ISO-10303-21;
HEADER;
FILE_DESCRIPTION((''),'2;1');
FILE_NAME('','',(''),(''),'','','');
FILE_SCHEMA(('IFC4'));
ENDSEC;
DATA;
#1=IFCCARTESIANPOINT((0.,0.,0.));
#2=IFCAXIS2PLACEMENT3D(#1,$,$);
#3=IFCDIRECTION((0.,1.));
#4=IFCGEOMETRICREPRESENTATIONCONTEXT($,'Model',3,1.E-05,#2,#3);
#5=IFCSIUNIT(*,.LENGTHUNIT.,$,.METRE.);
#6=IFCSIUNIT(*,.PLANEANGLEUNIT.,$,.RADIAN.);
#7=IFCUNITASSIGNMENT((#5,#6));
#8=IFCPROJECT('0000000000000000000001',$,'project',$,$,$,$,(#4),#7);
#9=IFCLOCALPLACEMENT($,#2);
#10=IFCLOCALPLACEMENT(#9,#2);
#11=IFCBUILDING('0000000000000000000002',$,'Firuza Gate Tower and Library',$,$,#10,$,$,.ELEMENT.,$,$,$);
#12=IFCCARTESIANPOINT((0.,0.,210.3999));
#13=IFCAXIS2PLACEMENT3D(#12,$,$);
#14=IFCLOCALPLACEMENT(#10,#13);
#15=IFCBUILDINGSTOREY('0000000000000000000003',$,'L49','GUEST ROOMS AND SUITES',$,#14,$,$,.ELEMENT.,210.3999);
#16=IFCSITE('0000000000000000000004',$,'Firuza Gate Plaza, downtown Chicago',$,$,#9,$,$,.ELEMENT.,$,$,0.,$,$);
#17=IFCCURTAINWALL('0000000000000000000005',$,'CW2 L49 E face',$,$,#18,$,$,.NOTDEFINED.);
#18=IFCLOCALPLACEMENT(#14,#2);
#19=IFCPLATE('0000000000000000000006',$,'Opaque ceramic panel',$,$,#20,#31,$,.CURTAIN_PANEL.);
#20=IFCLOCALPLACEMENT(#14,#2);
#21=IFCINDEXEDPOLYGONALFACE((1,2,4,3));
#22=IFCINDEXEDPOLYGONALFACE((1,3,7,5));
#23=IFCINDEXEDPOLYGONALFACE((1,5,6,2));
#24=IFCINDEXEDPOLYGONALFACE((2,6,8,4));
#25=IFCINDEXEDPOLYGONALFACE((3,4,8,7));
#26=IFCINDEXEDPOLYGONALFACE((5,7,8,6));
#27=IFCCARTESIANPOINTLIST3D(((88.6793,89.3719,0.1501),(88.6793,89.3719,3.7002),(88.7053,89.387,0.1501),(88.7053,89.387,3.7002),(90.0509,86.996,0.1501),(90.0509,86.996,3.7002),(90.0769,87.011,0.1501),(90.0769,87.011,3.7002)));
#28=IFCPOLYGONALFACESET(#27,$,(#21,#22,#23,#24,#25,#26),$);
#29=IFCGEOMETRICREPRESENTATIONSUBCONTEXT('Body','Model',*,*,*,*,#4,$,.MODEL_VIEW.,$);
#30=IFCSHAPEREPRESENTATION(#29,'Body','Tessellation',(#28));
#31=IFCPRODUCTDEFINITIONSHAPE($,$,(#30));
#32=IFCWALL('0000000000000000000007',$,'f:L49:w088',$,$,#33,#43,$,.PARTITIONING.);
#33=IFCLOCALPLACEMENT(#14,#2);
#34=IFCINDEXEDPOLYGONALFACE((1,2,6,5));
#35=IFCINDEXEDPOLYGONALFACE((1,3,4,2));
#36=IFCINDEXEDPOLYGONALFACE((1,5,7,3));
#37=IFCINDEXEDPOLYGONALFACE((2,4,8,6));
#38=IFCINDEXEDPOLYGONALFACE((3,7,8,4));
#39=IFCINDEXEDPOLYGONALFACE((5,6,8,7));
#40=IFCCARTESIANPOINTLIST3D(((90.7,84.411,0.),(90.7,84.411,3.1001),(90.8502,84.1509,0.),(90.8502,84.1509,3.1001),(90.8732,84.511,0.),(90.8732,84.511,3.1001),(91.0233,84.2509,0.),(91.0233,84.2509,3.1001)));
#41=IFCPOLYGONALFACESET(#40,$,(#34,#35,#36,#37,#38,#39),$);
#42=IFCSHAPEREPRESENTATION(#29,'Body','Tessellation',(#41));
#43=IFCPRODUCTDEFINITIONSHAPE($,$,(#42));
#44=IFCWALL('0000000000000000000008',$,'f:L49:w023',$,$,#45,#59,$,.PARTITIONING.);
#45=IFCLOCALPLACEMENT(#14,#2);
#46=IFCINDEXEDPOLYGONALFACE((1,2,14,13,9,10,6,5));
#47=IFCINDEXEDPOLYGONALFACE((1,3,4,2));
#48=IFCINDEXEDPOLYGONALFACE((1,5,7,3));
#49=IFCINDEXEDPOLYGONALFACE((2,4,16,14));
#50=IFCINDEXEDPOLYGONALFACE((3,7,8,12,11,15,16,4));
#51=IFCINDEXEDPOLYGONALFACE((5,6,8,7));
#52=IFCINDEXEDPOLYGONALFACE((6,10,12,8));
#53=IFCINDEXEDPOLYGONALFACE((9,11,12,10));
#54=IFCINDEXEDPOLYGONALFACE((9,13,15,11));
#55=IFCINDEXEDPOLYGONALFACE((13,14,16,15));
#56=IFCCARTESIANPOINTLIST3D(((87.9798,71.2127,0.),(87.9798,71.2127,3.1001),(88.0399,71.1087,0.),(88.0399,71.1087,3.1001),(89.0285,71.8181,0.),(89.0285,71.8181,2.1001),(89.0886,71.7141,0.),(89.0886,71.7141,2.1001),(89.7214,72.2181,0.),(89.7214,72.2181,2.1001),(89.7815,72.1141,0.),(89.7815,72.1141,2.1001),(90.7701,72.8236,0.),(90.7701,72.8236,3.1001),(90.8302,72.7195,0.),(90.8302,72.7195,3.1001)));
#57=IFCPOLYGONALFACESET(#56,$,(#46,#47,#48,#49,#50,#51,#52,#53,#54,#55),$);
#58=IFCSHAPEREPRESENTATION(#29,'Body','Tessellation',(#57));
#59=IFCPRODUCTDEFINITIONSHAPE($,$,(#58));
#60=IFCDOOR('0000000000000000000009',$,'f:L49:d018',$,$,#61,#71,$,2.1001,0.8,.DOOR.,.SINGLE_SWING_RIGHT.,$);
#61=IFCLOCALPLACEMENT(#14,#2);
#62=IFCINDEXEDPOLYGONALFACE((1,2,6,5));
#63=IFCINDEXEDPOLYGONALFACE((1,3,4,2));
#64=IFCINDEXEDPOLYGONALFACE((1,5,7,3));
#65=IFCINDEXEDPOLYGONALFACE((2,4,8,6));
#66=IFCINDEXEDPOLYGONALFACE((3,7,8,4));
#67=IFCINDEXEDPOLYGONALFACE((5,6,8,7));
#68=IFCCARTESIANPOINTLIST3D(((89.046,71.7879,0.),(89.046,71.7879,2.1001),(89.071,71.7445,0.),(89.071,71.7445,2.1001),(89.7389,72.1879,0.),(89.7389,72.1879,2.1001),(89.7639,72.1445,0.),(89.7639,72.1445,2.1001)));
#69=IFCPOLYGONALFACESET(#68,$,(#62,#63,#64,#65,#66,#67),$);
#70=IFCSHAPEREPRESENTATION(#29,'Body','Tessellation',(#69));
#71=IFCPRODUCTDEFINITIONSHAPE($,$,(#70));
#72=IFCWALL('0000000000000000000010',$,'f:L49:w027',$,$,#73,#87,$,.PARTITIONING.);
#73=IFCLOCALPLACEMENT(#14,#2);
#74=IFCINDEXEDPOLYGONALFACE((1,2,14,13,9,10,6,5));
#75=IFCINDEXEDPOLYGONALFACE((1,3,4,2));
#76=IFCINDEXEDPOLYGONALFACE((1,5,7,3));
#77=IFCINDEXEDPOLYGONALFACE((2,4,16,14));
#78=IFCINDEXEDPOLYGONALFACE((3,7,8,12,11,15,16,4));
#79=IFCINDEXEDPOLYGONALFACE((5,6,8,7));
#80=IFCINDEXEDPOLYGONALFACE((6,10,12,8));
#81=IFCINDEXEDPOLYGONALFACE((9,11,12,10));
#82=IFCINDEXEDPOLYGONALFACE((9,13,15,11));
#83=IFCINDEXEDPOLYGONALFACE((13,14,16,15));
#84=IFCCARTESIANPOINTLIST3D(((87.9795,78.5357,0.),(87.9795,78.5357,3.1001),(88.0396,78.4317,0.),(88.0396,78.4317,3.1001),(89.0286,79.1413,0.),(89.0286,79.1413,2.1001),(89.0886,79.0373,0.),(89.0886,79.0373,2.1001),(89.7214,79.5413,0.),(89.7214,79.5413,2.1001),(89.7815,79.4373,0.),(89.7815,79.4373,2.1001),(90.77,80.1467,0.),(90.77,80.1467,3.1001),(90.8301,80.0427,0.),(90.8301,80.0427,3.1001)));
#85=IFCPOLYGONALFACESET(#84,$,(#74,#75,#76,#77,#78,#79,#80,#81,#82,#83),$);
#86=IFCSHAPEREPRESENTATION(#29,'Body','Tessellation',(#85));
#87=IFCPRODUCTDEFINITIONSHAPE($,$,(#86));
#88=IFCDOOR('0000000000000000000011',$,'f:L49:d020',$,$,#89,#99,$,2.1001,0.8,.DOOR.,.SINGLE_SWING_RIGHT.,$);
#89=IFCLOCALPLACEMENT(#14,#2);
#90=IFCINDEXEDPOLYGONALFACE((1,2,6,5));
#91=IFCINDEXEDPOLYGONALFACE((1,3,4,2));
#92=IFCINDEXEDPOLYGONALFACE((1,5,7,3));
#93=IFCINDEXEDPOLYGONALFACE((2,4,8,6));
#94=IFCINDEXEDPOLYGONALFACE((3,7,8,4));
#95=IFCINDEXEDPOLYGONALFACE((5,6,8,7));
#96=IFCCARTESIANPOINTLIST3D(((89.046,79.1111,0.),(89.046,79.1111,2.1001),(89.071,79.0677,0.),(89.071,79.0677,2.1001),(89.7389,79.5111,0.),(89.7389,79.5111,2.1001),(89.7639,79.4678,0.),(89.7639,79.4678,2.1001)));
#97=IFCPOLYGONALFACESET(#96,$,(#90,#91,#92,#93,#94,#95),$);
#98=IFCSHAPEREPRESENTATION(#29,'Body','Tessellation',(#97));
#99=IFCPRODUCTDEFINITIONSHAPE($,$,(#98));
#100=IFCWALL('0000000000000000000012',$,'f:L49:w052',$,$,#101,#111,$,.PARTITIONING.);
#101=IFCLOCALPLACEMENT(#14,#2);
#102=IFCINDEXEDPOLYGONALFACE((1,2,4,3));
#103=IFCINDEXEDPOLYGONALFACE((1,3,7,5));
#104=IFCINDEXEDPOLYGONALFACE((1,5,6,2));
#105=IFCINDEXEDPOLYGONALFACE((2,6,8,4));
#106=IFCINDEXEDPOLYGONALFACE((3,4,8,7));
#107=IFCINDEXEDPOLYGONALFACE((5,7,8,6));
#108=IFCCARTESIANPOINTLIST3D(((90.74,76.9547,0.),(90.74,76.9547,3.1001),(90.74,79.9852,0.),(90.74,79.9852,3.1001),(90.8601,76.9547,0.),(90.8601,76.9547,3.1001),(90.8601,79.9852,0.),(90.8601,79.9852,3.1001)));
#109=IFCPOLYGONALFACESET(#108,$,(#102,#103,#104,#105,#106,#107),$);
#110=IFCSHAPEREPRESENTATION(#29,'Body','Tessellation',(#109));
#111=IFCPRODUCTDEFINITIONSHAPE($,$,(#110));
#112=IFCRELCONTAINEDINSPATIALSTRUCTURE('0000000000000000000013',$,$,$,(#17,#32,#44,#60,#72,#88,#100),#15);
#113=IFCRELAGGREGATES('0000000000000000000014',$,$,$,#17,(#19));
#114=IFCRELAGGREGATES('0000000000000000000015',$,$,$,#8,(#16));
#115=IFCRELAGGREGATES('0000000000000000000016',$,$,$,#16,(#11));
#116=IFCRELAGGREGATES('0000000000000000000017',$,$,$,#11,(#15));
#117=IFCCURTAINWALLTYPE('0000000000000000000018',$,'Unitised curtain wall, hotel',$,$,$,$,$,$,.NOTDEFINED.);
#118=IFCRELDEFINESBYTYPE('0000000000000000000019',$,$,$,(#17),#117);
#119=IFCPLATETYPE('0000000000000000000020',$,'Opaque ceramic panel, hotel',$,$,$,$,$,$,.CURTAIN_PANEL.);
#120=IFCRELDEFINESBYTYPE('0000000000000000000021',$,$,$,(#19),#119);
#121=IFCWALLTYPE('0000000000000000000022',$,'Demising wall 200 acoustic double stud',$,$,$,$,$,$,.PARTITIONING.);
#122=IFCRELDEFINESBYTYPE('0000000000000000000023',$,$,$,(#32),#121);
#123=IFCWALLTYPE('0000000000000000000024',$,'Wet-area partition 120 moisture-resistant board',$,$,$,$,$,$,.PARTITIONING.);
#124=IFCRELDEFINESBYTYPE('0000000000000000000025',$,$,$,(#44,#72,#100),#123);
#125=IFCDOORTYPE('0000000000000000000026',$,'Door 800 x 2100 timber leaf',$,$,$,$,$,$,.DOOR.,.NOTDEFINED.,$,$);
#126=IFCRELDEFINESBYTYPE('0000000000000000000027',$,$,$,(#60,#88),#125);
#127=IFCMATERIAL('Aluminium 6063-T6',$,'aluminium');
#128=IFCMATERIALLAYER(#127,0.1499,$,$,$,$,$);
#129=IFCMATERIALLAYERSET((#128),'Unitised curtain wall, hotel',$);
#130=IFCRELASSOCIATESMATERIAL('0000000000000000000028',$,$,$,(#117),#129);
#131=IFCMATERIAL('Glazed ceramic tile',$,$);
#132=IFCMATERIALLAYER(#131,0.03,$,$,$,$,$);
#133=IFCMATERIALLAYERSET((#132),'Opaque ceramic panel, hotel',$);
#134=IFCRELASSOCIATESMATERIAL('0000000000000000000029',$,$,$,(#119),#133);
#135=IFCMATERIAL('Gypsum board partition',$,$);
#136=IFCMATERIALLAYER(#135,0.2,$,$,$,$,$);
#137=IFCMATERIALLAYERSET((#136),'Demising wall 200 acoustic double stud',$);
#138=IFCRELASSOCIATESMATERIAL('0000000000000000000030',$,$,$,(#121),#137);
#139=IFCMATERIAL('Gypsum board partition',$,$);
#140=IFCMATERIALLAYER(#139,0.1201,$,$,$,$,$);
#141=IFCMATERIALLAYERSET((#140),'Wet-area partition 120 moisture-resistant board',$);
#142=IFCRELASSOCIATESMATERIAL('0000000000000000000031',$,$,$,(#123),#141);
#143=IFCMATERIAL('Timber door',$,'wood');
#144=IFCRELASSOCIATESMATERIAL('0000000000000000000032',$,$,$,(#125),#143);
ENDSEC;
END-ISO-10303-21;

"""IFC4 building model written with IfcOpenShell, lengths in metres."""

from ifc_helpers import new_model, si_unit, direction, frame, frame_2d, origin, place, context, subcontext, project, spatial, polyline, rectangle, outline, extrude, material, layer, layer_set, type_object, element, fill, aggregate, save


model = new_model("IFC4")

# Units and contexts
model_context = context("Model", 3, precision=1e-05, world=origin(), true_north=direction((0.0, 1.0)))
body_context = subcontext(model_context, "Body", "Model", "MODEL_VIEW")
ifc_project = project(units=[si_unit("LENGTHUNIT", "METRE"), si_unit("PLANEANGLEUNIT", "RADIAN")], contexts=[model_context])

# Site, building, storey
site_placement = place(None, origin())
site = spatial("IfcSite", under=ifc_project, at=site_placement, Name="Firuza Gate Plaza, downtown Chicago", CompositionType="ELEMENT", RefElevation=0.0)
building_placement = place(site_placement, origin())
building = spatial("IfcBuilding", under=site, at=building_placement, Name="Firuza Gate Tower and Library", CompositionType="ELEMENT")
storey_placement = place(building_placement, frame((0.0, 0.0, 210.3999)))
storey = spatial("IfcBuildingStorey", under=building, at=storey_placement, Name="L49", Description="GUEST ROOMS AND SUITES", CompositionType="ELEMENT", Elevation=210.3999)

# Curtain wall
ifc_material_1 = material(Name="Aluminium 6063-T6", Category="aluminium")
ifc_layer_1 = layer(ifc_material_1, 0.1499)
ifc_layer_set_1 = layer_set([ifc_layer_1], Name="Unitised curtain wall, hotel")
curtain_wall_type = type_object("IfcCurtainWallType", Name="Unitised curtain wall, hotel", PredefinedType="NOTDEFINED", material=ifc_layer_set_1)
curtain_wall_placement = place(storey_placement, origin())
curtain_wall = element("IfcCurtainWall", 1, at=curtain_wall_placement, inside=storey, type_object=curtain_wall_type, Name="CW2 L49 E face", PredefinedType="NOTDEFINED")

# Plate
ifc_material_2 = material(Name="Glazed ceramic tile")
ifc_layer_2 = layer(ifc_material_2, 0.03)
ifc_layer_set_2 = layer_set([ifc_layer_2], Name="Opaque ceramic panel, hotel")
plate_type_1 = type_object("IfcPlateType", Name="Opaque ceramic panel, hotel", PredefinedType="CURTAIN_PANEL", material=ifc_layer_set_2)
plate_1_placement = place(storey_placement, frame((90.0769, 87.011, 0.1501), z_axis=(0.866055, 0.499948, 0.0), x_axis=(-0.499948, 0.866055, 0.0)))
plate_1 = element("IfcPlate", 2, at=plate_1_placement, type_object=plate_type_1, Name="Opaque ceramic panel", PredefinedType="CURTAIN_PANEL", context=body_context, shape_type="SweptSolid", body=[
    extrude(outline(polyline([(0.0, 0.0), (2.7434, 0.0), (2.7434, 3.55), (0.0, 3.55), (0.0, 0.0)])), origin(), (0.0, 0.0, -1.0), 0.03),
])
aggregate(curtain_wall, [plate_1])

# Wall
ifc_material_3 = material(Name="Gypsum board partition")
ifc_layer_3 = layer(ifc_material_3, 0.2)
ifc_layer_set_3 = layer_set([ifc_layer_3], Name="Demising wall 200 acoustic double stud")
wall_type_1 = type_object("IfcWallType", Name="Demising wall 200 acoustic double stud", PredefinedType="PARTITIONING", material=ifc_layer_set_3)
wall_1_placement = place(storey_placement, frame((90.9368, 84.2009, 0.0), z_axis=(0.0, 0.0, 1.0), x_axis=(-0.500074, 0.865982, 0.0)))
element("IfcWall", 3, at=wall_1_placement, inside=storey, type_object=wall_type_1, Name="f:L49:w088", PredefinedType="PARTITIONING", context=body_context, shape_type="SweptSolid", body=[
    extrude(rectangle(XDim=0.3003, YDim=0.2, at=frame_2d((0.1501, 0.0))), origin(), (0.0, 0.0, 1.0), 3.1001),
])

# Walls, openings, doors
ifc_material_4 = material(Name="Gypsum board partition")
ifc_layer_4 = layer(ifc_material_4, 0.1201)
ifc_layer_set_4 = layer_set([ifc_layer_4], Name="Wet-area partition 120 moisture-resistant board")
wall_type_2 = type_object("IfcWallType", Name="Wet-area partition 120 moisture-resistant board", PredefinedType="PARTITIONING", material=ifc_layer_set_4)
wall_2_placement = place(storey_placement, frame((90.8, 72.7715, 0.0), z_axis=(0.0, 0.0, 1.0), x_axis=(-0.866043, -0.49997, 0.0)))
wall_2 = element("IfcWall", 4, at=wall_2_placement, inside=storey, type_object=wall_type_2, Name="f:L49:w023", PredefinedType="PARTITIONING", context=body_context, shape_type="SweptSolid", body=[
    extrude(rectangle(XDim=3.2219, YDim=0.1201, at=frame_2d((1.6108, 0.0))), origin(), (0.0, 0.0, 1.0), 3.1001),
])
opening_1_placement = place(wall_2_placement, frame((1.2109, 0.0, 0.0)))
opening_1 = element("IfcOpeningElement", 5, at=opening_1_placement, cuts=wall_2, PredefinedType="OPENING", context=body_context, shape_type="SweptSolid", body=[
    extrude(rectangle(XDim=0.8, YDim=2.1001, at=frame_2d((0.3999, 1.05))), frame((0.0, 0.0701, 0.0), z_axis=(0.0, -1.0, 0.0), x_axis=(1.0, 0.0, 0.0)), (0.0, 0.0, 1.0), 0.1401),
])
ifc_material_5 = material(Name="Timber door", Category="wood")
door_type = type_object("IfcDoorType", Name="Door 800 x 2100 timber leaf", OperationType="NOTDEFINED", PredefinedType="DOOR", material=ifc_material_5)
door_1_placement = place(opening_1_placement, origin())
door_1 = element("IfcDoor", 6, at=door_1_placement, inside=storey, type_object=door_type, Name="f:L49:d018", OperationType="SINGLE_SWING_RIGHT", OverallHeight=2.1001, OverallWidth=0.8, PredefinedType="DOOR", context=body_context, shape_type="SweptSolid", body=[
    extrude(rectangle(XDim=0.8, YDim=2.1001, at=frame_2d((0.3999, 1.05))), frame((0.0, 0.0249, 0.0), z_axis=(0.0, -1.0, 0.0), x_axis=(1.0, 0.0, 0.0)), (0.0, 0.0, 1.0), 0.05),
])
fill(opening_1, door_1)
wall_3_placement = place(storey_placement, frame((90.8, 80.0947, 0.0), z_axis=(0.0, 0.0, 1.0), x_axis=(-0.866029, -0.499994, 0.0)))
wall_3 = element("IfcWall", 7, at=wall_3_placement, inside=storey, type_object=wall_type_2, Name="f:L49:w027", PredefinedType="PARTITIONING", context=body_context, shape_type="SweptSolid", body=[
    extrude(rectangle(XDim=3.2222, YDim=0.1201, at=frame_2d((1.6111, 0.0))), origin(), (0.0, 0.0, 1.0), 3.1001),
])
opening_2_placement = place(wall_3_placement, frame((1.2109, 0.0, 0.0)))
opening_2 = element("IfcOpeningElement", 8, at=opening_2_placement, cuts=wall_3, PredefinedType="OPENING", context=body_context, shape_type="SweptSolid", body=[
    extrude(rectangle(XDim=0.8, YDim=2.1001, at=frame_2d((0.3999, 1.05))), frame((0.0, 0.0701, 0.0), z_axis=(0.0, -1.0, 0.0), x_axis=(1.0, 0.0, 0.0)), (0.0, 0.0, 1.0), 0.1401),
])
door_2_placement = place(opening_2_placement, origin())
door_2 = element("IfcDoor", 9, at=door_2_placement, inside=storey, type_object=door_type, Name="f:L49:d020", OperationType="SINGLE_SWING_RIGHT", OverallHeight=2.1001, OverallWidth=0.8, PredefinedType="DOOR", context=body_context, shape_type="SweptSolid", body=[
    extrude(rectangle(XDim=0.8, YDim=2.1001, at=frame_2d((0.3999, 1.05))), frame((0.0, 0.0249, 0.0), z_axis=(0.0, -1.0, 0.0), x_axis=(1.0, 0.0, 0.0)), (0.0, 0.0, 1.0), 0.05),
])
fill(opening_2, door_2)

# Wall
wall_4_placement = place(storey_placement, frame((90.8, 76.9548, 0.0), z_axis=(0.0, 0.0, 1.0), x_axis=(0.0, 1.0, 0.0)))
element("IfcWall", 10, at=wall_4_placement, inside=storey, type_object=wall_type_2, Name="f:L49:w052", PredefinedType="PARTITIONING", context=body_context, shape_type="SweptSolid", body=[
    extrude(rectangle(XDim=3.0305, YDim=0.1201, at=frame_2d((1.5151, 0.0))), origin(), (0.0, 0.0, 1.0), 3.1001),
])

save(model, "model.ifc")
